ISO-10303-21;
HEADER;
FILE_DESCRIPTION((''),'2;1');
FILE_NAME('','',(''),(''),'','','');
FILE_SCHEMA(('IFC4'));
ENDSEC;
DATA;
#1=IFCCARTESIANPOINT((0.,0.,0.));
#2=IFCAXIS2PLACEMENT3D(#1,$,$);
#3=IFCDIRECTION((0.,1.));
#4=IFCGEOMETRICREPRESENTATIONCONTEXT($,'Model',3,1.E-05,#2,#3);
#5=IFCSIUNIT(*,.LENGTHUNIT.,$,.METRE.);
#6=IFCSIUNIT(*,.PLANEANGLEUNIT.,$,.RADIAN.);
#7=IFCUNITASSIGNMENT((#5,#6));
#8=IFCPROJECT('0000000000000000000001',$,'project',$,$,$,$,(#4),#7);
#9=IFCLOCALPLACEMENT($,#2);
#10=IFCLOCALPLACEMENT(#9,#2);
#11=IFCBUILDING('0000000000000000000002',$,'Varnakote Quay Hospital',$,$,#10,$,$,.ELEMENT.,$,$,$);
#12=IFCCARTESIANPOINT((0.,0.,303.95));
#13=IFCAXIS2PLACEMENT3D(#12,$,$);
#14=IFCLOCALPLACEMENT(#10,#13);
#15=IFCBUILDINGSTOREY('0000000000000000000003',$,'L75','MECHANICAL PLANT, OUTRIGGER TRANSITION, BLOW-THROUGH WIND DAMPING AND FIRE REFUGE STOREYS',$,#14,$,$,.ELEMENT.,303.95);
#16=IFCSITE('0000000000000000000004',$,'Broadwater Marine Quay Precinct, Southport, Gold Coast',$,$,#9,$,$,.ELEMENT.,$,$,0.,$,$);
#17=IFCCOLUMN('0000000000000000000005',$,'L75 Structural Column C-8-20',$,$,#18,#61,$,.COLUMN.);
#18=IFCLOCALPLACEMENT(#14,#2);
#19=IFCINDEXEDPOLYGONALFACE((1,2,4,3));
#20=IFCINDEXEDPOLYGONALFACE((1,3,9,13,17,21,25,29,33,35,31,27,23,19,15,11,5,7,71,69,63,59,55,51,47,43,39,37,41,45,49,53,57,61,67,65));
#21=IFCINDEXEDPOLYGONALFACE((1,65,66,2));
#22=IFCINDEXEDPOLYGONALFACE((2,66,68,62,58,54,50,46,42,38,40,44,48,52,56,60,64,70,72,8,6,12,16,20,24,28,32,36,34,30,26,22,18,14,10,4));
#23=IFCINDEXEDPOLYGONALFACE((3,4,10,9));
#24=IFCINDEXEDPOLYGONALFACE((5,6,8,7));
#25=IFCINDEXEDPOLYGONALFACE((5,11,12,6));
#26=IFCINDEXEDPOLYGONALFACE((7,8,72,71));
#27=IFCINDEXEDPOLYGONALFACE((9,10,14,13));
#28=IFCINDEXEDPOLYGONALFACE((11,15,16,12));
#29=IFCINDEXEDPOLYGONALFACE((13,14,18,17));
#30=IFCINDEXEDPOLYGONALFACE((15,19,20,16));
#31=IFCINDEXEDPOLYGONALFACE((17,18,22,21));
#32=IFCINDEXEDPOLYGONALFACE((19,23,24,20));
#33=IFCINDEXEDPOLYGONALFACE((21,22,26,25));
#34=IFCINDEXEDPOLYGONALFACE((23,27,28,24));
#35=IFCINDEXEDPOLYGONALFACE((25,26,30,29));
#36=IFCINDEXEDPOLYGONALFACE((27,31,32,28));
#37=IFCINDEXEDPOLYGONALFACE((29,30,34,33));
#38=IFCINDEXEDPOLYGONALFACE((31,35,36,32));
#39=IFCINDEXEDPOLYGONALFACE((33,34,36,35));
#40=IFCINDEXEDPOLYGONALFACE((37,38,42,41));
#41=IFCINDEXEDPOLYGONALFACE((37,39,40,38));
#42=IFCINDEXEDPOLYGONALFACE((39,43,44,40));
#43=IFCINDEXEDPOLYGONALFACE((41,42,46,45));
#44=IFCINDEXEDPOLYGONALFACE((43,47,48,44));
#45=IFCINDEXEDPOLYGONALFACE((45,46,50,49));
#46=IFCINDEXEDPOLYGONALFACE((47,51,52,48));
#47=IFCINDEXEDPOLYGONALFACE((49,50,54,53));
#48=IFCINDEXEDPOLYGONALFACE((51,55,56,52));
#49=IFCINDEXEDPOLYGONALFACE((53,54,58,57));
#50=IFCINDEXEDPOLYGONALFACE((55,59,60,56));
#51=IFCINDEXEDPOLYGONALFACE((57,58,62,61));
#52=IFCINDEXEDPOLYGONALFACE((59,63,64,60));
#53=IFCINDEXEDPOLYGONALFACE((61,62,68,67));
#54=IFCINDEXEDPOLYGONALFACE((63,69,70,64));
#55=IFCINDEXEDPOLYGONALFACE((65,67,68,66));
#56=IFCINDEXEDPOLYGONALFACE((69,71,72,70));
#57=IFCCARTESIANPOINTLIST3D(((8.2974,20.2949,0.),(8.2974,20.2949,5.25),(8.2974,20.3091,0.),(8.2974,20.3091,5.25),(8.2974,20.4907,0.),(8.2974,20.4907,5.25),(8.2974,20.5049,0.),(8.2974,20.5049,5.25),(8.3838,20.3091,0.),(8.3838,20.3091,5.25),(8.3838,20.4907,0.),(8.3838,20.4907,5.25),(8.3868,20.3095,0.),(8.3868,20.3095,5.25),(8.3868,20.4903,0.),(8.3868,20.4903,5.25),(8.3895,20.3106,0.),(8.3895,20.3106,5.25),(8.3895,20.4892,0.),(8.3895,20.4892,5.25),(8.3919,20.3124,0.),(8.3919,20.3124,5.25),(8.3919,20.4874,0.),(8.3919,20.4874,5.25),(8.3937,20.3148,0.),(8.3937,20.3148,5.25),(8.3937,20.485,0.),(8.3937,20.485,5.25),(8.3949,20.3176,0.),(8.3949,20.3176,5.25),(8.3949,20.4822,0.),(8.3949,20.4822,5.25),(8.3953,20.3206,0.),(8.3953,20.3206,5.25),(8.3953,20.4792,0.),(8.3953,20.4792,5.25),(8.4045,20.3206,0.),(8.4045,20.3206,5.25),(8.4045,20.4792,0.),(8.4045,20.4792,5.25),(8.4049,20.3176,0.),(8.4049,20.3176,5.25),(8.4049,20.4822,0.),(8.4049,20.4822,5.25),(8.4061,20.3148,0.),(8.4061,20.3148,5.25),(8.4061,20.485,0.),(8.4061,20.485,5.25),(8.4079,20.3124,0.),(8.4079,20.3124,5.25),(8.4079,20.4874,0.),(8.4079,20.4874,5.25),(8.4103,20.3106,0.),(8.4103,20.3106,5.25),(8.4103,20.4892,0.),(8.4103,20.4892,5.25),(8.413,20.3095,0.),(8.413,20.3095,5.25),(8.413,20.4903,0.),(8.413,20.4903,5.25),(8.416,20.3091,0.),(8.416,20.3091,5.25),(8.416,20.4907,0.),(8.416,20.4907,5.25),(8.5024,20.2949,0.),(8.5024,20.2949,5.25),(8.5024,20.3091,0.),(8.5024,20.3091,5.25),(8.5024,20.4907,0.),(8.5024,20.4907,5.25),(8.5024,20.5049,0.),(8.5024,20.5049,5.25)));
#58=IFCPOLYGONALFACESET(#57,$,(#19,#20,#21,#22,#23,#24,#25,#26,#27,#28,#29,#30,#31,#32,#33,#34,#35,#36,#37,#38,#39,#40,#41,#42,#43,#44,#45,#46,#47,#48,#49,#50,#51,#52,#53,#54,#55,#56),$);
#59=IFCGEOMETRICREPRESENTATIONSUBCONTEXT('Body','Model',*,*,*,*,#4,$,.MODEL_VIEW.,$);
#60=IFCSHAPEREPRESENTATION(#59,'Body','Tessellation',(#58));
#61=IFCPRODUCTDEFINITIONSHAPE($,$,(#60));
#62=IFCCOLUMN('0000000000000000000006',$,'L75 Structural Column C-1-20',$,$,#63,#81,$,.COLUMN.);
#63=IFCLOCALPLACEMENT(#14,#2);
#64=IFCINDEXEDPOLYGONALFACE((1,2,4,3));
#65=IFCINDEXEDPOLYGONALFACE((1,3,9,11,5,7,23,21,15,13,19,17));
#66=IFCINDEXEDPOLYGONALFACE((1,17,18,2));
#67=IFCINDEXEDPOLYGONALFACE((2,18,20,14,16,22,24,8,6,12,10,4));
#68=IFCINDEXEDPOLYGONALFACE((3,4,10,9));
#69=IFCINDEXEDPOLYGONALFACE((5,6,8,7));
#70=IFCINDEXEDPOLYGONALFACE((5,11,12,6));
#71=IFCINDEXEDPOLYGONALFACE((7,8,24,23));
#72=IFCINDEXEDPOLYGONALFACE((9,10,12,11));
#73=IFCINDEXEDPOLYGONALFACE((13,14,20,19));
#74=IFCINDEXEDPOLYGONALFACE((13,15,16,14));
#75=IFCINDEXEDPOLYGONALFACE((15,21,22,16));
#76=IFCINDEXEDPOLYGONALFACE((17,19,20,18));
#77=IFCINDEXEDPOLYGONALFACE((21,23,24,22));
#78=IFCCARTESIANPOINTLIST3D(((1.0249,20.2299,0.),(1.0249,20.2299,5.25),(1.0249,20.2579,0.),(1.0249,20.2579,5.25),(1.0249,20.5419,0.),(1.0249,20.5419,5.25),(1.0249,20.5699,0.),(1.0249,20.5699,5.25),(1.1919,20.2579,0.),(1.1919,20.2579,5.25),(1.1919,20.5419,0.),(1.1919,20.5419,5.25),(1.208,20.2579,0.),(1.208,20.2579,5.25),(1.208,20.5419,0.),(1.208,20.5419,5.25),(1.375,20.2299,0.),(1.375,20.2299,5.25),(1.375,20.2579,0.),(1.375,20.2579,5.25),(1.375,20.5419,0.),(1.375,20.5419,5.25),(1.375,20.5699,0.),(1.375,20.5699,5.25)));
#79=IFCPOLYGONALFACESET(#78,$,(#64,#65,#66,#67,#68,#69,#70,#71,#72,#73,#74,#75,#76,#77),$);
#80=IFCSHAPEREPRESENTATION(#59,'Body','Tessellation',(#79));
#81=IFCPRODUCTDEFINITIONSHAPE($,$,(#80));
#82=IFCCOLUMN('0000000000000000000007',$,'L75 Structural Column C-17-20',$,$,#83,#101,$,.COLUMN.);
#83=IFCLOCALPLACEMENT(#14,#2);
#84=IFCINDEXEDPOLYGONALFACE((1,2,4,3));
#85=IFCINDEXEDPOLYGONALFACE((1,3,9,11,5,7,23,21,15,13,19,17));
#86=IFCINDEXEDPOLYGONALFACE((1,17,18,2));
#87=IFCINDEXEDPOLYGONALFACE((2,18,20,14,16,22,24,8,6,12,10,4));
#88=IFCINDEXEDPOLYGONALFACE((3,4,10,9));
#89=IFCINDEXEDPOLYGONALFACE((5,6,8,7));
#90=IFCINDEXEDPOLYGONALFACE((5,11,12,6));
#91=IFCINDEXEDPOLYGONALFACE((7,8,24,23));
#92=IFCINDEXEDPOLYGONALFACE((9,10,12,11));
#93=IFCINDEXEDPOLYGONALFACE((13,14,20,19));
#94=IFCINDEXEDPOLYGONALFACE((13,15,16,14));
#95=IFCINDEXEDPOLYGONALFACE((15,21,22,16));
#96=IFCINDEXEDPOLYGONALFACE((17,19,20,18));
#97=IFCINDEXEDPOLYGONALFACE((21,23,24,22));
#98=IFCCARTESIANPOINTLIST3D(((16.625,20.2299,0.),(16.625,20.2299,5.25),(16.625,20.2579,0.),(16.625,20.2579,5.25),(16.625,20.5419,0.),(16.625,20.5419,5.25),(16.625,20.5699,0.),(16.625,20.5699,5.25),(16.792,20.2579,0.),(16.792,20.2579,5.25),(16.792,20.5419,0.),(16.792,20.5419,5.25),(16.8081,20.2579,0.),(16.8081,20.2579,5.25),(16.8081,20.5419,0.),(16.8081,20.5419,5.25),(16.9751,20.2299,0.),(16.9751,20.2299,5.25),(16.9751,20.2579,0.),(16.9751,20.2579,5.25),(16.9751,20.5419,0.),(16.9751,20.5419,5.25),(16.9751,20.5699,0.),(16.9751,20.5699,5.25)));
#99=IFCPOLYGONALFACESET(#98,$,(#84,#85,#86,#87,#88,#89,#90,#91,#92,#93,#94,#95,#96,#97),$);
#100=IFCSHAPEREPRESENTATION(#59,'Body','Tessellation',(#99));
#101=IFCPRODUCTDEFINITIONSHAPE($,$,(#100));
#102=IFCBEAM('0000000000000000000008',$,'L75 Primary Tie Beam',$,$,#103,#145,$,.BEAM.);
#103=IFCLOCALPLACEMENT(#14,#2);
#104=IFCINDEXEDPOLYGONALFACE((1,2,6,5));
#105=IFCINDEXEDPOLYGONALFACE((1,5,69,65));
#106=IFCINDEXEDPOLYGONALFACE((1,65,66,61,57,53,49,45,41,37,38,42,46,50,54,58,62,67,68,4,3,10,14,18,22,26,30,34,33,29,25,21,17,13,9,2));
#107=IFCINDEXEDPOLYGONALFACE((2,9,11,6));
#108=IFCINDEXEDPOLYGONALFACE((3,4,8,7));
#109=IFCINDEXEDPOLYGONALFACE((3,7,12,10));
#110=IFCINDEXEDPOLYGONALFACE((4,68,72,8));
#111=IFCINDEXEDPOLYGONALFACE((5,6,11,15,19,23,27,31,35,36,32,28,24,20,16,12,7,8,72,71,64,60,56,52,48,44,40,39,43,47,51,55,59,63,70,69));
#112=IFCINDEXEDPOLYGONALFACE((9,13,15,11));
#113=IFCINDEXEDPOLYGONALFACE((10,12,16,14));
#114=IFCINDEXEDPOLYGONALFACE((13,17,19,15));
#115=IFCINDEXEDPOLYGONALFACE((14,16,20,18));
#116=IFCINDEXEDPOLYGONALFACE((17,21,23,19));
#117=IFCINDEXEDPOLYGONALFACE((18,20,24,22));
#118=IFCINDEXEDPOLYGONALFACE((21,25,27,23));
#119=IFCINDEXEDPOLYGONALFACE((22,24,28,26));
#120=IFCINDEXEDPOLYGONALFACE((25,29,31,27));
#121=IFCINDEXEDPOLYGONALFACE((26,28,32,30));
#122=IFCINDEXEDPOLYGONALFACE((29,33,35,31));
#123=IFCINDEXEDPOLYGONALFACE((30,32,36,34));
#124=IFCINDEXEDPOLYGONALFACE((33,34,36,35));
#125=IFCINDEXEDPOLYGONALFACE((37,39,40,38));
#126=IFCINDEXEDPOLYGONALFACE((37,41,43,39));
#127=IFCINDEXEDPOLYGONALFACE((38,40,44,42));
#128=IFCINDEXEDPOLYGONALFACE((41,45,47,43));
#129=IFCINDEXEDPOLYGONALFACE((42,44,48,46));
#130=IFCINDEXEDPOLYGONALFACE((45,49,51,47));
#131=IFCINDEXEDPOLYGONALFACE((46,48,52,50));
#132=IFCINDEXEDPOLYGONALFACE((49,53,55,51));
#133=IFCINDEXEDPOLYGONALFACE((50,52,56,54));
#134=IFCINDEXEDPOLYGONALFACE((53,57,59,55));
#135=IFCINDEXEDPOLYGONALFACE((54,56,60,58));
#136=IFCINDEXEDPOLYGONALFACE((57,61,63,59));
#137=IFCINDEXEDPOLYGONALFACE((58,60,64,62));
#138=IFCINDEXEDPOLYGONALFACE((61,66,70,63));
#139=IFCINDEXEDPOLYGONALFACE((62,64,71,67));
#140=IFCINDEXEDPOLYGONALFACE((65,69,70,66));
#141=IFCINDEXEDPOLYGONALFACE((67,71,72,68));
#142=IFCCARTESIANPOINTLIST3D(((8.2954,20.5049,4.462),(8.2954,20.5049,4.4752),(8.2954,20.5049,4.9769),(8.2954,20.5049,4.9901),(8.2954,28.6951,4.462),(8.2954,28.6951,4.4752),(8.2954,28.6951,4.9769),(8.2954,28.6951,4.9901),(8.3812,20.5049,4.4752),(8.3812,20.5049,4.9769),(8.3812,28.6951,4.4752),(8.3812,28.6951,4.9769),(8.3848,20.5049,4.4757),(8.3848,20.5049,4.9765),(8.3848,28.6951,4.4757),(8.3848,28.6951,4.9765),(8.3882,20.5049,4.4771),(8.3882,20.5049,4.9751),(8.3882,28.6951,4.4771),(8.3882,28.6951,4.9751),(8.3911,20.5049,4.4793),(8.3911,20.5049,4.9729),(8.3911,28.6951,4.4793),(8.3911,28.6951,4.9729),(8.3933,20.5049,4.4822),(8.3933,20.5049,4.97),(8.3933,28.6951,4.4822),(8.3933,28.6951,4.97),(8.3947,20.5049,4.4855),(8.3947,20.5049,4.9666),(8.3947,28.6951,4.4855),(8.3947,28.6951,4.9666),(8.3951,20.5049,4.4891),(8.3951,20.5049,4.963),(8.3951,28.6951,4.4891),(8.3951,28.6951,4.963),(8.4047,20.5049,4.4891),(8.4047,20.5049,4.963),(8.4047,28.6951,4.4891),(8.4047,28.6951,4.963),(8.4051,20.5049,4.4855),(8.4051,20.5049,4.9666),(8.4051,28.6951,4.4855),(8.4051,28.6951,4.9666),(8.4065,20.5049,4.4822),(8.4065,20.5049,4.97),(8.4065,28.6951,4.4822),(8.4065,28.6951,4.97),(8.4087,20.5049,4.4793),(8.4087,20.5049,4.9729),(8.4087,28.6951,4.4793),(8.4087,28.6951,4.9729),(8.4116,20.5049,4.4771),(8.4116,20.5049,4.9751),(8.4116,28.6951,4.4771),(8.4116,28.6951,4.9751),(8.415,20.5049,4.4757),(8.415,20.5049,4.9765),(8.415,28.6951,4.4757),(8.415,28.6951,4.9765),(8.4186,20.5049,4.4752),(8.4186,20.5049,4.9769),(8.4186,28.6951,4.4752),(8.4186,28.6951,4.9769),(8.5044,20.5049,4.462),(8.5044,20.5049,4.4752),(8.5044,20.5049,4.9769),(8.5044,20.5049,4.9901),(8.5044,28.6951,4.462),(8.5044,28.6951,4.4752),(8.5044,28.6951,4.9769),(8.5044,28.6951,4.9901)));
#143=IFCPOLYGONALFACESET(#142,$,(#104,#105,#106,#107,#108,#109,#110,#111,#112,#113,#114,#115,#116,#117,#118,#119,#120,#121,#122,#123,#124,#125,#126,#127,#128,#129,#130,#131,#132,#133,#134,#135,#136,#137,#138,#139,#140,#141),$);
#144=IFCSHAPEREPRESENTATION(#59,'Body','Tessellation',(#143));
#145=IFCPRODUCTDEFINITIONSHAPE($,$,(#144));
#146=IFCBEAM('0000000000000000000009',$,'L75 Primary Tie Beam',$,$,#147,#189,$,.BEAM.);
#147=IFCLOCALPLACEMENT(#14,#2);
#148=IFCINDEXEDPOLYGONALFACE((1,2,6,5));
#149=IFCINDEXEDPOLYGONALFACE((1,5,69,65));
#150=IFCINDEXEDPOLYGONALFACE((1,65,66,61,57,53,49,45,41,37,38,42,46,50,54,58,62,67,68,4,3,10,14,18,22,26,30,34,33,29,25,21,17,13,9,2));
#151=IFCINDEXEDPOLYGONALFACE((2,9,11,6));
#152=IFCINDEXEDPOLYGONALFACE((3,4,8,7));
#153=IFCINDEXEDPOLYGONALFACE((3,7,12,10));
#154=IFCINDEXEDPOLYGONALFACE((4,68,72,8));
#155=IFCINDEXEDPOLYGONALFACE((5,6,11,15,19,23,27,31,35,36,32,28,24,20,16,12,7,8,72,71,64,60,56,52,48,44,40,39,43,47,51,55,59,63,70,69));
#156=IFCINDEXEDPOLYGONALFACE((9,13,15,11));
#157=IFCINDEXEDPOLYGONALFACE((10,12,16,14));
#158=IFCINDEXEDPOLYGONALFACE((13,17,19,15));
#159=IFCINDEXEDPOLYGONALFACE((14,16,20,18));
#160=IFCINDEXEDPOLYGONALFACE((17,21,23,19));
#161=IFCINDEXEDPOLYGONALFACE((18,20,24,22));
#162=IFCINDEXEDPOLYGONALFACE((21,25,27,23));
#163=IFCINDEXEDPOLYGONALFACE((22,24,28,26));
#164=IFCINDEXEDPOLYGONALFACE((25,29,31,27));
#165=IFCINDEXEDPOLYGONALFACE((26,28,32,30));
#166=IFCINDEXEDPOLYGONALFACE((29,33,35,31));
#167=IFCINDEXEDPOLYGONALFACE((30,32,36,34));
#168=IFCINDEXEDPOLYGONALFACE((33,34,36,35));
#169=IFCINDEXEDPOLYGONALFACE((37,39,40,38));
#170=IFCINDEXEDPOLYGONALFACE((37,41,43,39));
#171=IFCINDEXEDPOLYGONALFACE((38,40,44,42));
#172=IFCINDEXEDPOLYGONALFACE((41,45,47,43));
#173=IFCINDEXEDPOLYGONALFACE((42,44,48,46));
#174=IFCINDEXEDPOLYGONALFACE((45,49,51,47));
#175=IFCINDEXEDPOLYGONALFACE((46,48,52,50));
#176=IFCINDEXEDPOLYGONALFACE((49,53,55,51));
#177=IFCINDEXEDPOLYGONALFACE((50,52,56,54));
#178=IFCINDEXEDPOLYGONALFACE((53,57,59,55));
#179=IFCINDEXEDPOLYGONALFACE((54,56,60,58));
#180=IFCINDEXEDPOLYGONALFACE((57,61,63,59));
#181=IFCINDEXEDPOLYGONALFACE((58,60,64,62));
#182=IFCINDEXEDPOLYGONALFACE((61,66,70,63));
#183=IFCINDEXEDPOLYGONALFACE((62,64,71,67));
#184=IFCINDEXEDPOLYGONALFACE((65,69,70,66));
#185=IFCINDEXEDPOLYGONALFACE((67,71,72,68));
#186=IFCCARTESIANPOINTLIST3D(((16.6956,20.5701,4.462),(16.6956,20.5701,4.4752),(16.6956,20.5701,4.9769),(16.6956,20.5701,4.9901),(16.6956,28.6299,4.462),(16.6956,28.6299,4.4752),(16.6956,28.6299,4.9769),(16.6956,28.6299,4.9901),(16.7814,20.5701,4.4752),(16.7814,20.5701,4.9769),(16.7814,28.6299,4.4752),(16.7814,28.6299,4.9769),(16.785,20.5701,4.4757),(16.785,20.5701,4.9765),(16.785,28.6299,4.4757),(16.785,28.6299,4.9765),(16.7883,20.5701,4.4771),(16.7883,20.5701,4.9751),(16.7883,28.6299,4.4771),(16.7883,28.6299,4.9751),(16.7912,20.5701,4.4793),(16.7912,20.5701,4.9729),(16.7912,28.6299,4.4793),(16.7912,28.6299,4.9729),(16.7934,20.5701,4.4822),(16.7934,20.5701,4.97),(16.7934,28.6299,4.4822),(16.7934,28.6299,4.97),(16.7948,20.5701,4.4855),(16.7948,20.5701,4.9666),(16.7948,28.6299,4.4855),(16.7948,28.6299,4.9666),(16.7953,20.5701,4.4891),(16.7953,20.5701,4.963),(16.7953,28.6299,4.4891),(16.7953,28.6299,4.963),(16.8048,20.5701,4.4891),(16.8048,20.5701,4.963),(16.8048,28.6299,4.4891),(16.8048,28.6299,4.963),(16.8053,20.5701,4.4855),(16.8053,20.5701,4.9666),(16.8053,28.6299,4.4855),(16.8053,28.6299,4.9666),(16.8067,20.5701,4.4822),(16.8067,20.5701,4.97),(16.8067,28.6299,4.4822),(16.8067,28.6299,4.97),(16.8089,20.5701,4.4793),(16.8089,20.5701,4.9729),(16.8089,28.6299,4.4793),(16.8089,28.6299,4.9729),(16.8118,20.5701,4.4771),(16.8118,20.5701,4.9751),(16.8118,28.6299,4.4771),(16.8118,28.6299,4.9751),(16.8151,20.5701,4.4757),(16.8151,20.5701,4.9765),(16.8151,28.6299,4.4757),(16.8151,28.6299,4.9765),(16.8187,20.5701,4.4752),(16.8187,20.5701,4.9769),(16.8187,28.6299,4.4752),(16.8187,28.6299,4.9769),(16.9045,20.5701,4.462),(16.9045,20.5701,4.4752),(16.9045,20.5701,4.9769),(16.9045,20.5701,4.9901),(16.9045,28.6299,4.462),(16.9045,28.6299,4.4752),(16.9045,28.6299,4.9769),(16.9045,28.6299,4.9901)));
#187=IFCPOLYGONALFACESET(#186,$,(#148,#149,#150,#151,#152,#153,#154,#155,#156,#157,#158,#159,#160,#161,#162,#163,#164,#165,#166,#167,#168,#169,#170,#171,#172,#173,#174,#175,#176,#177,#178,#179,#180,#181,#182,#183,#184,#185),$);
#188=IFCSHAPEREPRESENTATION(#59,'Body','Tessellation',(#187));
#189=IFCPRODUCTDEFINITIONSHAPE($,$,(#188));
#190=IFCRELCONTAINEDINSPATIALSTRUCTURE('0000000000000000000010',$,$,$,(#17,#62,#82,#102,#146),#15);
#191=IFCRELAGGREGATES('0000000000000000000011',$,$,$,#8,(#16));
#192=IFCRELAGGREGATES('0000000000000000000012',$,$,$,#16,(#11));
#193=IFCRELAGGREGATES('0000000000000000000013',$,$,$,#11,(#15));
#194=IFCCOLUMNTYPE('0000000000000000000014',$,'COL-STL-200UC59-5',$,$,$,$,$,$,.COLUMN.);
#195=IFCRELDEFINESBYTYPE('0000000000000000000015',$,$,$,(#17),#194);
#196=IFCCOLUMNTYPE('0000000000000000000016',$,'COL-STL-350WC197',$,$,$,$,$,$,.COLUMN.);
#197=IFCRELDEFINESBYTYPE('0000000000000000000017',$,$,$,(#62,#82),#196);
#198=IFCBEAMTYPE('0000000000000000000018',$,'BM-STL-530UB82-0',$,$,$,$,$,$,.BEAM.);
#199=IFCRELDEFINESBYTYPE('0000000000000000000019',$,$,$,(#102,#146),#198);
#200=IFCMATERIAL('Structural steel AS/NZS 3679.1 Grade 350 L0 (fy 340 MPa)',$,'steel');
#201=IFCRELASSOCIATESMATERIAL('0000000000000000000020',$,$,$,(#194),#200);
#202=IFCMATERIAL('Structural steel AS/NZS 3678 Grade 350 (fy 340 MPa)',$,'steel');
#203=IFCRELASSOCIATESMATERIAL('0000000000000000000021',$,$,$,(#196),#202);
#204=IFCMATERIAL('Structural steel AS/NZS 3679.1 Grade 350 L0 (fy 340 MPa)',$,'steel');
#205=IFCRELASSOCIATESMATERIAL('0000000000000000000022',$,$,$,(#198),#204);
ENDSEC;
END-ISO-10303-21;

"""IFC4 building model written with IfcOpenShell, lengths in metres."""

from ifc_helpers import new_model, si_unit, direction, frame, origin, origin_2d, place, context, subcontext, project, spatial, i_section, extrude, material, material_profile, profile_set, type_object, element, save


model = new_model("IFC4")

# Units and contexts
model_context = context("Model", 3, precision=1e-05, world=origin(), true_north=direction((0.0, 1.0)))
body_context = subcontext(model_context, "Body", "Model", "MODEL_VIEW")
ifc_project = project(units=[si_unit("LENGTHUNIT", "METRE"), si_unit("PLANEANGLEUNIT", "RADIAN")], contexts=[model_context])

# Site, building, storey
site_placement = place(None, origin())
site = spatial("IfcSite", under=ifc_project, at=site_placement, Name="Broadwater Marine Quay Precinct, Southport, Gold Coast", CompositionType="ELEMENT", RefElevation=0.0)
building_placement = place(site_placement, origin())
building = spatial("IfcBuilding", under=site, at=building_placement, Name="Varnakote Quay Hospital", CompositionType="ELEMENT")
storey_placement = place(building_placement, frame((0.0, 0.0, 303.95)))
storey = spatial("IfcBuildingStorey", under=building, at=storey_placement, Name="L75", Description="MECHANICAL PLANT, OUTRIGGER TRANSITION, BLOW-THROUGH WIND DAMPING AND FIRE REFUGE STOREYS", CompositionType="ELEMENT", Elevation=303.95)

# Columns
ifc_material_1 = material(Name="Structural steel AS/NZS 3679.1 Grade 350 L0 (fy 340 MPa)", Category="steel")
ifc_material_profile_1 = material_profile(ifc_material_1, i_section(OverallWidth=0.2051, OverallDepth=0.21, WebThickness=0.0093, FlangeThickness=0.0142, FilletRadius=0.0115, at=origin_2d()), Name="200UC59.5")
ifc_profile_set_1 = profile_set([ifc_material_profile_1], Name="Structural steel AS/NZS 3679.1 Grade 350 L0 (fy 340 MPa)")
column_type_1 = type_object("IfcColumnType", Name="COL-STL-200UC59-5", PredefinedType="COLUMN", material=ifc_profile_set_1)
column_placement = place(storey_placement, frame((8.3999, 20.3999, 0.0), z_axis=(0.0, 0.0, 1.0), x_axis=(1.0, 0.0, 0.0)))
element("IfcColumn", 1, at=column_placement, inside=storey, type_object=column_type_1, Name="L75 Structural Column C-8-20", PredefinedType="COLUMN", context=body_context, shape_type="SweptSolid", body=[
    extrude(i_section(OverallWidth=0.2051, OverallDepth=0.21, WebThickness=0.0093, FlangeThickness=0.0142, FilletRadius=0.0115, at=origin_2d()), origin(), (0.0, 0.0, 1.0), 5.25),
])
ifc_material_2 = material(Name="Structural steel AS/NZS 3678 Grade 350 (fy 340 MPa)", Category="steel")
ifc_material_profile_2 = material_profile(ifc_material_2, i_section(OverallWidth=0.3501, OverallDepth=0.3401, WebThickness=0.0161, FlangeThickness=0.0281, at=origin_2d()), Name="350WC197")
ifc_profile_set_2 = profile_set([ifc_material_profile_2], Name="Structural steel AS/NZS 3678 Grade 350 (fy 340 MPa)")
column_type_2 = type_object("IfcColumnType", Name="COL-STL-350WC197", PredefinedType="COLUMN", material=ifc_profile_set_2)
for number, where, z_axis, x_axis, name in (
    (2, (1.2, 20.3999, 0.0), (0.0, 0.0, 1.0), (1.0, 0.0, 0.0), "L75 Structural Column C-1-20"),
    (3, (16.8, 20.3999, 0.0), (0.0, 0.0, 1.0), (1.0, 0.0, 0.0), "L75 Structural Column C-17-20"),
):
    element("IfcColumn", number, at=place(storey_placement, frame(where, z_axis=z_axis, x_axis=x_axis)), inside=storey, type_object=column_type_2, Name=name, PredefinedType="COLUMN", context=body_context, shape_type="SweptSolid", body=[
        extrude(i_section(OverallWidth=0.3501, OverallDepth=0.3401, WebThickness=0.0161, FlangeThickness=0.0281, at=origin_2d()), origin(), (0.0, 0.0, 1.0), 5.25),
    ])

# Beams
ifc_material_3 = material(Name="Structural steel AS/NZS 3679.1 Grade 350 L0 (fy 340 MPa)", Category="steel")
ifc_material_profile_3 = material_profile(ifc_material_3, i_section(OverallWidth=0.209, OverallDepth=0.5281, WebThickness=0.0095, FlangeThickness=0.0132, FilletRadius=0.0139, at=origin_2d()), Name="530UB82.0")
ifc_profile_set_3 = profile_set([ifc_material_profile_3], Name="Structural steel AS/NZS 3679.1 Grade 350 L0 (fy 340 MPa)")
beam_type_1 = type_object("IfcBeamType", Name="BM-STL-530UB82-0", PredefinedType="BEAM", material=ifc_profile_set_3)
beam_1_placement = place(storey_placement, frame((8.3999, 20.5049, 4.7261), z_axis=(0.0, 1.0, 0.0), x_axis=(-1.0, 0.0, 0.0)))
element("IfcBeam", 4, at=beam_1_placement, inside=storey, type_object=beam_type_1, Name="L75 Primary Tie Beam", PredefinedType="BEAM", context=body_context, shape_type="SweptSolid", body=[
    extrude(i_section(OverallWidth=0.209, OverallDepth=0.5281, WebThickness=0.0095, FlangeThickness=0.0132, FilletRadius=0.0139, at=origin_2d()), origin(), (0.0, 0.0, 1.0), 8.1902),
])
beam_2_placement = place(storey_placement, frame((16.8, 20.5701, 4.7261), z_axis=(0.0, 1.0, 0.0), x_axis=(-1.0, 0.0, 0.0)))
element("IfcBeam", 5, at=beam_2_placement, inside=storey, type_object=beam_type_1, Name="L75 Primary Tie Beam", PredefinedType="BEAM", context=body_context, shape_type="SweptSolid", body=[
    extrude(i_section(OverallWidth=0.209, OverallDepth=0.5281, WebThickness=0.0095, FlangeThickness=0.0132, FilletRadius=0.0139, at=origin_2d()), origin(), (0.0, 0.0, 1.0), 8.0598),
])

save(model, "model.ifc")
